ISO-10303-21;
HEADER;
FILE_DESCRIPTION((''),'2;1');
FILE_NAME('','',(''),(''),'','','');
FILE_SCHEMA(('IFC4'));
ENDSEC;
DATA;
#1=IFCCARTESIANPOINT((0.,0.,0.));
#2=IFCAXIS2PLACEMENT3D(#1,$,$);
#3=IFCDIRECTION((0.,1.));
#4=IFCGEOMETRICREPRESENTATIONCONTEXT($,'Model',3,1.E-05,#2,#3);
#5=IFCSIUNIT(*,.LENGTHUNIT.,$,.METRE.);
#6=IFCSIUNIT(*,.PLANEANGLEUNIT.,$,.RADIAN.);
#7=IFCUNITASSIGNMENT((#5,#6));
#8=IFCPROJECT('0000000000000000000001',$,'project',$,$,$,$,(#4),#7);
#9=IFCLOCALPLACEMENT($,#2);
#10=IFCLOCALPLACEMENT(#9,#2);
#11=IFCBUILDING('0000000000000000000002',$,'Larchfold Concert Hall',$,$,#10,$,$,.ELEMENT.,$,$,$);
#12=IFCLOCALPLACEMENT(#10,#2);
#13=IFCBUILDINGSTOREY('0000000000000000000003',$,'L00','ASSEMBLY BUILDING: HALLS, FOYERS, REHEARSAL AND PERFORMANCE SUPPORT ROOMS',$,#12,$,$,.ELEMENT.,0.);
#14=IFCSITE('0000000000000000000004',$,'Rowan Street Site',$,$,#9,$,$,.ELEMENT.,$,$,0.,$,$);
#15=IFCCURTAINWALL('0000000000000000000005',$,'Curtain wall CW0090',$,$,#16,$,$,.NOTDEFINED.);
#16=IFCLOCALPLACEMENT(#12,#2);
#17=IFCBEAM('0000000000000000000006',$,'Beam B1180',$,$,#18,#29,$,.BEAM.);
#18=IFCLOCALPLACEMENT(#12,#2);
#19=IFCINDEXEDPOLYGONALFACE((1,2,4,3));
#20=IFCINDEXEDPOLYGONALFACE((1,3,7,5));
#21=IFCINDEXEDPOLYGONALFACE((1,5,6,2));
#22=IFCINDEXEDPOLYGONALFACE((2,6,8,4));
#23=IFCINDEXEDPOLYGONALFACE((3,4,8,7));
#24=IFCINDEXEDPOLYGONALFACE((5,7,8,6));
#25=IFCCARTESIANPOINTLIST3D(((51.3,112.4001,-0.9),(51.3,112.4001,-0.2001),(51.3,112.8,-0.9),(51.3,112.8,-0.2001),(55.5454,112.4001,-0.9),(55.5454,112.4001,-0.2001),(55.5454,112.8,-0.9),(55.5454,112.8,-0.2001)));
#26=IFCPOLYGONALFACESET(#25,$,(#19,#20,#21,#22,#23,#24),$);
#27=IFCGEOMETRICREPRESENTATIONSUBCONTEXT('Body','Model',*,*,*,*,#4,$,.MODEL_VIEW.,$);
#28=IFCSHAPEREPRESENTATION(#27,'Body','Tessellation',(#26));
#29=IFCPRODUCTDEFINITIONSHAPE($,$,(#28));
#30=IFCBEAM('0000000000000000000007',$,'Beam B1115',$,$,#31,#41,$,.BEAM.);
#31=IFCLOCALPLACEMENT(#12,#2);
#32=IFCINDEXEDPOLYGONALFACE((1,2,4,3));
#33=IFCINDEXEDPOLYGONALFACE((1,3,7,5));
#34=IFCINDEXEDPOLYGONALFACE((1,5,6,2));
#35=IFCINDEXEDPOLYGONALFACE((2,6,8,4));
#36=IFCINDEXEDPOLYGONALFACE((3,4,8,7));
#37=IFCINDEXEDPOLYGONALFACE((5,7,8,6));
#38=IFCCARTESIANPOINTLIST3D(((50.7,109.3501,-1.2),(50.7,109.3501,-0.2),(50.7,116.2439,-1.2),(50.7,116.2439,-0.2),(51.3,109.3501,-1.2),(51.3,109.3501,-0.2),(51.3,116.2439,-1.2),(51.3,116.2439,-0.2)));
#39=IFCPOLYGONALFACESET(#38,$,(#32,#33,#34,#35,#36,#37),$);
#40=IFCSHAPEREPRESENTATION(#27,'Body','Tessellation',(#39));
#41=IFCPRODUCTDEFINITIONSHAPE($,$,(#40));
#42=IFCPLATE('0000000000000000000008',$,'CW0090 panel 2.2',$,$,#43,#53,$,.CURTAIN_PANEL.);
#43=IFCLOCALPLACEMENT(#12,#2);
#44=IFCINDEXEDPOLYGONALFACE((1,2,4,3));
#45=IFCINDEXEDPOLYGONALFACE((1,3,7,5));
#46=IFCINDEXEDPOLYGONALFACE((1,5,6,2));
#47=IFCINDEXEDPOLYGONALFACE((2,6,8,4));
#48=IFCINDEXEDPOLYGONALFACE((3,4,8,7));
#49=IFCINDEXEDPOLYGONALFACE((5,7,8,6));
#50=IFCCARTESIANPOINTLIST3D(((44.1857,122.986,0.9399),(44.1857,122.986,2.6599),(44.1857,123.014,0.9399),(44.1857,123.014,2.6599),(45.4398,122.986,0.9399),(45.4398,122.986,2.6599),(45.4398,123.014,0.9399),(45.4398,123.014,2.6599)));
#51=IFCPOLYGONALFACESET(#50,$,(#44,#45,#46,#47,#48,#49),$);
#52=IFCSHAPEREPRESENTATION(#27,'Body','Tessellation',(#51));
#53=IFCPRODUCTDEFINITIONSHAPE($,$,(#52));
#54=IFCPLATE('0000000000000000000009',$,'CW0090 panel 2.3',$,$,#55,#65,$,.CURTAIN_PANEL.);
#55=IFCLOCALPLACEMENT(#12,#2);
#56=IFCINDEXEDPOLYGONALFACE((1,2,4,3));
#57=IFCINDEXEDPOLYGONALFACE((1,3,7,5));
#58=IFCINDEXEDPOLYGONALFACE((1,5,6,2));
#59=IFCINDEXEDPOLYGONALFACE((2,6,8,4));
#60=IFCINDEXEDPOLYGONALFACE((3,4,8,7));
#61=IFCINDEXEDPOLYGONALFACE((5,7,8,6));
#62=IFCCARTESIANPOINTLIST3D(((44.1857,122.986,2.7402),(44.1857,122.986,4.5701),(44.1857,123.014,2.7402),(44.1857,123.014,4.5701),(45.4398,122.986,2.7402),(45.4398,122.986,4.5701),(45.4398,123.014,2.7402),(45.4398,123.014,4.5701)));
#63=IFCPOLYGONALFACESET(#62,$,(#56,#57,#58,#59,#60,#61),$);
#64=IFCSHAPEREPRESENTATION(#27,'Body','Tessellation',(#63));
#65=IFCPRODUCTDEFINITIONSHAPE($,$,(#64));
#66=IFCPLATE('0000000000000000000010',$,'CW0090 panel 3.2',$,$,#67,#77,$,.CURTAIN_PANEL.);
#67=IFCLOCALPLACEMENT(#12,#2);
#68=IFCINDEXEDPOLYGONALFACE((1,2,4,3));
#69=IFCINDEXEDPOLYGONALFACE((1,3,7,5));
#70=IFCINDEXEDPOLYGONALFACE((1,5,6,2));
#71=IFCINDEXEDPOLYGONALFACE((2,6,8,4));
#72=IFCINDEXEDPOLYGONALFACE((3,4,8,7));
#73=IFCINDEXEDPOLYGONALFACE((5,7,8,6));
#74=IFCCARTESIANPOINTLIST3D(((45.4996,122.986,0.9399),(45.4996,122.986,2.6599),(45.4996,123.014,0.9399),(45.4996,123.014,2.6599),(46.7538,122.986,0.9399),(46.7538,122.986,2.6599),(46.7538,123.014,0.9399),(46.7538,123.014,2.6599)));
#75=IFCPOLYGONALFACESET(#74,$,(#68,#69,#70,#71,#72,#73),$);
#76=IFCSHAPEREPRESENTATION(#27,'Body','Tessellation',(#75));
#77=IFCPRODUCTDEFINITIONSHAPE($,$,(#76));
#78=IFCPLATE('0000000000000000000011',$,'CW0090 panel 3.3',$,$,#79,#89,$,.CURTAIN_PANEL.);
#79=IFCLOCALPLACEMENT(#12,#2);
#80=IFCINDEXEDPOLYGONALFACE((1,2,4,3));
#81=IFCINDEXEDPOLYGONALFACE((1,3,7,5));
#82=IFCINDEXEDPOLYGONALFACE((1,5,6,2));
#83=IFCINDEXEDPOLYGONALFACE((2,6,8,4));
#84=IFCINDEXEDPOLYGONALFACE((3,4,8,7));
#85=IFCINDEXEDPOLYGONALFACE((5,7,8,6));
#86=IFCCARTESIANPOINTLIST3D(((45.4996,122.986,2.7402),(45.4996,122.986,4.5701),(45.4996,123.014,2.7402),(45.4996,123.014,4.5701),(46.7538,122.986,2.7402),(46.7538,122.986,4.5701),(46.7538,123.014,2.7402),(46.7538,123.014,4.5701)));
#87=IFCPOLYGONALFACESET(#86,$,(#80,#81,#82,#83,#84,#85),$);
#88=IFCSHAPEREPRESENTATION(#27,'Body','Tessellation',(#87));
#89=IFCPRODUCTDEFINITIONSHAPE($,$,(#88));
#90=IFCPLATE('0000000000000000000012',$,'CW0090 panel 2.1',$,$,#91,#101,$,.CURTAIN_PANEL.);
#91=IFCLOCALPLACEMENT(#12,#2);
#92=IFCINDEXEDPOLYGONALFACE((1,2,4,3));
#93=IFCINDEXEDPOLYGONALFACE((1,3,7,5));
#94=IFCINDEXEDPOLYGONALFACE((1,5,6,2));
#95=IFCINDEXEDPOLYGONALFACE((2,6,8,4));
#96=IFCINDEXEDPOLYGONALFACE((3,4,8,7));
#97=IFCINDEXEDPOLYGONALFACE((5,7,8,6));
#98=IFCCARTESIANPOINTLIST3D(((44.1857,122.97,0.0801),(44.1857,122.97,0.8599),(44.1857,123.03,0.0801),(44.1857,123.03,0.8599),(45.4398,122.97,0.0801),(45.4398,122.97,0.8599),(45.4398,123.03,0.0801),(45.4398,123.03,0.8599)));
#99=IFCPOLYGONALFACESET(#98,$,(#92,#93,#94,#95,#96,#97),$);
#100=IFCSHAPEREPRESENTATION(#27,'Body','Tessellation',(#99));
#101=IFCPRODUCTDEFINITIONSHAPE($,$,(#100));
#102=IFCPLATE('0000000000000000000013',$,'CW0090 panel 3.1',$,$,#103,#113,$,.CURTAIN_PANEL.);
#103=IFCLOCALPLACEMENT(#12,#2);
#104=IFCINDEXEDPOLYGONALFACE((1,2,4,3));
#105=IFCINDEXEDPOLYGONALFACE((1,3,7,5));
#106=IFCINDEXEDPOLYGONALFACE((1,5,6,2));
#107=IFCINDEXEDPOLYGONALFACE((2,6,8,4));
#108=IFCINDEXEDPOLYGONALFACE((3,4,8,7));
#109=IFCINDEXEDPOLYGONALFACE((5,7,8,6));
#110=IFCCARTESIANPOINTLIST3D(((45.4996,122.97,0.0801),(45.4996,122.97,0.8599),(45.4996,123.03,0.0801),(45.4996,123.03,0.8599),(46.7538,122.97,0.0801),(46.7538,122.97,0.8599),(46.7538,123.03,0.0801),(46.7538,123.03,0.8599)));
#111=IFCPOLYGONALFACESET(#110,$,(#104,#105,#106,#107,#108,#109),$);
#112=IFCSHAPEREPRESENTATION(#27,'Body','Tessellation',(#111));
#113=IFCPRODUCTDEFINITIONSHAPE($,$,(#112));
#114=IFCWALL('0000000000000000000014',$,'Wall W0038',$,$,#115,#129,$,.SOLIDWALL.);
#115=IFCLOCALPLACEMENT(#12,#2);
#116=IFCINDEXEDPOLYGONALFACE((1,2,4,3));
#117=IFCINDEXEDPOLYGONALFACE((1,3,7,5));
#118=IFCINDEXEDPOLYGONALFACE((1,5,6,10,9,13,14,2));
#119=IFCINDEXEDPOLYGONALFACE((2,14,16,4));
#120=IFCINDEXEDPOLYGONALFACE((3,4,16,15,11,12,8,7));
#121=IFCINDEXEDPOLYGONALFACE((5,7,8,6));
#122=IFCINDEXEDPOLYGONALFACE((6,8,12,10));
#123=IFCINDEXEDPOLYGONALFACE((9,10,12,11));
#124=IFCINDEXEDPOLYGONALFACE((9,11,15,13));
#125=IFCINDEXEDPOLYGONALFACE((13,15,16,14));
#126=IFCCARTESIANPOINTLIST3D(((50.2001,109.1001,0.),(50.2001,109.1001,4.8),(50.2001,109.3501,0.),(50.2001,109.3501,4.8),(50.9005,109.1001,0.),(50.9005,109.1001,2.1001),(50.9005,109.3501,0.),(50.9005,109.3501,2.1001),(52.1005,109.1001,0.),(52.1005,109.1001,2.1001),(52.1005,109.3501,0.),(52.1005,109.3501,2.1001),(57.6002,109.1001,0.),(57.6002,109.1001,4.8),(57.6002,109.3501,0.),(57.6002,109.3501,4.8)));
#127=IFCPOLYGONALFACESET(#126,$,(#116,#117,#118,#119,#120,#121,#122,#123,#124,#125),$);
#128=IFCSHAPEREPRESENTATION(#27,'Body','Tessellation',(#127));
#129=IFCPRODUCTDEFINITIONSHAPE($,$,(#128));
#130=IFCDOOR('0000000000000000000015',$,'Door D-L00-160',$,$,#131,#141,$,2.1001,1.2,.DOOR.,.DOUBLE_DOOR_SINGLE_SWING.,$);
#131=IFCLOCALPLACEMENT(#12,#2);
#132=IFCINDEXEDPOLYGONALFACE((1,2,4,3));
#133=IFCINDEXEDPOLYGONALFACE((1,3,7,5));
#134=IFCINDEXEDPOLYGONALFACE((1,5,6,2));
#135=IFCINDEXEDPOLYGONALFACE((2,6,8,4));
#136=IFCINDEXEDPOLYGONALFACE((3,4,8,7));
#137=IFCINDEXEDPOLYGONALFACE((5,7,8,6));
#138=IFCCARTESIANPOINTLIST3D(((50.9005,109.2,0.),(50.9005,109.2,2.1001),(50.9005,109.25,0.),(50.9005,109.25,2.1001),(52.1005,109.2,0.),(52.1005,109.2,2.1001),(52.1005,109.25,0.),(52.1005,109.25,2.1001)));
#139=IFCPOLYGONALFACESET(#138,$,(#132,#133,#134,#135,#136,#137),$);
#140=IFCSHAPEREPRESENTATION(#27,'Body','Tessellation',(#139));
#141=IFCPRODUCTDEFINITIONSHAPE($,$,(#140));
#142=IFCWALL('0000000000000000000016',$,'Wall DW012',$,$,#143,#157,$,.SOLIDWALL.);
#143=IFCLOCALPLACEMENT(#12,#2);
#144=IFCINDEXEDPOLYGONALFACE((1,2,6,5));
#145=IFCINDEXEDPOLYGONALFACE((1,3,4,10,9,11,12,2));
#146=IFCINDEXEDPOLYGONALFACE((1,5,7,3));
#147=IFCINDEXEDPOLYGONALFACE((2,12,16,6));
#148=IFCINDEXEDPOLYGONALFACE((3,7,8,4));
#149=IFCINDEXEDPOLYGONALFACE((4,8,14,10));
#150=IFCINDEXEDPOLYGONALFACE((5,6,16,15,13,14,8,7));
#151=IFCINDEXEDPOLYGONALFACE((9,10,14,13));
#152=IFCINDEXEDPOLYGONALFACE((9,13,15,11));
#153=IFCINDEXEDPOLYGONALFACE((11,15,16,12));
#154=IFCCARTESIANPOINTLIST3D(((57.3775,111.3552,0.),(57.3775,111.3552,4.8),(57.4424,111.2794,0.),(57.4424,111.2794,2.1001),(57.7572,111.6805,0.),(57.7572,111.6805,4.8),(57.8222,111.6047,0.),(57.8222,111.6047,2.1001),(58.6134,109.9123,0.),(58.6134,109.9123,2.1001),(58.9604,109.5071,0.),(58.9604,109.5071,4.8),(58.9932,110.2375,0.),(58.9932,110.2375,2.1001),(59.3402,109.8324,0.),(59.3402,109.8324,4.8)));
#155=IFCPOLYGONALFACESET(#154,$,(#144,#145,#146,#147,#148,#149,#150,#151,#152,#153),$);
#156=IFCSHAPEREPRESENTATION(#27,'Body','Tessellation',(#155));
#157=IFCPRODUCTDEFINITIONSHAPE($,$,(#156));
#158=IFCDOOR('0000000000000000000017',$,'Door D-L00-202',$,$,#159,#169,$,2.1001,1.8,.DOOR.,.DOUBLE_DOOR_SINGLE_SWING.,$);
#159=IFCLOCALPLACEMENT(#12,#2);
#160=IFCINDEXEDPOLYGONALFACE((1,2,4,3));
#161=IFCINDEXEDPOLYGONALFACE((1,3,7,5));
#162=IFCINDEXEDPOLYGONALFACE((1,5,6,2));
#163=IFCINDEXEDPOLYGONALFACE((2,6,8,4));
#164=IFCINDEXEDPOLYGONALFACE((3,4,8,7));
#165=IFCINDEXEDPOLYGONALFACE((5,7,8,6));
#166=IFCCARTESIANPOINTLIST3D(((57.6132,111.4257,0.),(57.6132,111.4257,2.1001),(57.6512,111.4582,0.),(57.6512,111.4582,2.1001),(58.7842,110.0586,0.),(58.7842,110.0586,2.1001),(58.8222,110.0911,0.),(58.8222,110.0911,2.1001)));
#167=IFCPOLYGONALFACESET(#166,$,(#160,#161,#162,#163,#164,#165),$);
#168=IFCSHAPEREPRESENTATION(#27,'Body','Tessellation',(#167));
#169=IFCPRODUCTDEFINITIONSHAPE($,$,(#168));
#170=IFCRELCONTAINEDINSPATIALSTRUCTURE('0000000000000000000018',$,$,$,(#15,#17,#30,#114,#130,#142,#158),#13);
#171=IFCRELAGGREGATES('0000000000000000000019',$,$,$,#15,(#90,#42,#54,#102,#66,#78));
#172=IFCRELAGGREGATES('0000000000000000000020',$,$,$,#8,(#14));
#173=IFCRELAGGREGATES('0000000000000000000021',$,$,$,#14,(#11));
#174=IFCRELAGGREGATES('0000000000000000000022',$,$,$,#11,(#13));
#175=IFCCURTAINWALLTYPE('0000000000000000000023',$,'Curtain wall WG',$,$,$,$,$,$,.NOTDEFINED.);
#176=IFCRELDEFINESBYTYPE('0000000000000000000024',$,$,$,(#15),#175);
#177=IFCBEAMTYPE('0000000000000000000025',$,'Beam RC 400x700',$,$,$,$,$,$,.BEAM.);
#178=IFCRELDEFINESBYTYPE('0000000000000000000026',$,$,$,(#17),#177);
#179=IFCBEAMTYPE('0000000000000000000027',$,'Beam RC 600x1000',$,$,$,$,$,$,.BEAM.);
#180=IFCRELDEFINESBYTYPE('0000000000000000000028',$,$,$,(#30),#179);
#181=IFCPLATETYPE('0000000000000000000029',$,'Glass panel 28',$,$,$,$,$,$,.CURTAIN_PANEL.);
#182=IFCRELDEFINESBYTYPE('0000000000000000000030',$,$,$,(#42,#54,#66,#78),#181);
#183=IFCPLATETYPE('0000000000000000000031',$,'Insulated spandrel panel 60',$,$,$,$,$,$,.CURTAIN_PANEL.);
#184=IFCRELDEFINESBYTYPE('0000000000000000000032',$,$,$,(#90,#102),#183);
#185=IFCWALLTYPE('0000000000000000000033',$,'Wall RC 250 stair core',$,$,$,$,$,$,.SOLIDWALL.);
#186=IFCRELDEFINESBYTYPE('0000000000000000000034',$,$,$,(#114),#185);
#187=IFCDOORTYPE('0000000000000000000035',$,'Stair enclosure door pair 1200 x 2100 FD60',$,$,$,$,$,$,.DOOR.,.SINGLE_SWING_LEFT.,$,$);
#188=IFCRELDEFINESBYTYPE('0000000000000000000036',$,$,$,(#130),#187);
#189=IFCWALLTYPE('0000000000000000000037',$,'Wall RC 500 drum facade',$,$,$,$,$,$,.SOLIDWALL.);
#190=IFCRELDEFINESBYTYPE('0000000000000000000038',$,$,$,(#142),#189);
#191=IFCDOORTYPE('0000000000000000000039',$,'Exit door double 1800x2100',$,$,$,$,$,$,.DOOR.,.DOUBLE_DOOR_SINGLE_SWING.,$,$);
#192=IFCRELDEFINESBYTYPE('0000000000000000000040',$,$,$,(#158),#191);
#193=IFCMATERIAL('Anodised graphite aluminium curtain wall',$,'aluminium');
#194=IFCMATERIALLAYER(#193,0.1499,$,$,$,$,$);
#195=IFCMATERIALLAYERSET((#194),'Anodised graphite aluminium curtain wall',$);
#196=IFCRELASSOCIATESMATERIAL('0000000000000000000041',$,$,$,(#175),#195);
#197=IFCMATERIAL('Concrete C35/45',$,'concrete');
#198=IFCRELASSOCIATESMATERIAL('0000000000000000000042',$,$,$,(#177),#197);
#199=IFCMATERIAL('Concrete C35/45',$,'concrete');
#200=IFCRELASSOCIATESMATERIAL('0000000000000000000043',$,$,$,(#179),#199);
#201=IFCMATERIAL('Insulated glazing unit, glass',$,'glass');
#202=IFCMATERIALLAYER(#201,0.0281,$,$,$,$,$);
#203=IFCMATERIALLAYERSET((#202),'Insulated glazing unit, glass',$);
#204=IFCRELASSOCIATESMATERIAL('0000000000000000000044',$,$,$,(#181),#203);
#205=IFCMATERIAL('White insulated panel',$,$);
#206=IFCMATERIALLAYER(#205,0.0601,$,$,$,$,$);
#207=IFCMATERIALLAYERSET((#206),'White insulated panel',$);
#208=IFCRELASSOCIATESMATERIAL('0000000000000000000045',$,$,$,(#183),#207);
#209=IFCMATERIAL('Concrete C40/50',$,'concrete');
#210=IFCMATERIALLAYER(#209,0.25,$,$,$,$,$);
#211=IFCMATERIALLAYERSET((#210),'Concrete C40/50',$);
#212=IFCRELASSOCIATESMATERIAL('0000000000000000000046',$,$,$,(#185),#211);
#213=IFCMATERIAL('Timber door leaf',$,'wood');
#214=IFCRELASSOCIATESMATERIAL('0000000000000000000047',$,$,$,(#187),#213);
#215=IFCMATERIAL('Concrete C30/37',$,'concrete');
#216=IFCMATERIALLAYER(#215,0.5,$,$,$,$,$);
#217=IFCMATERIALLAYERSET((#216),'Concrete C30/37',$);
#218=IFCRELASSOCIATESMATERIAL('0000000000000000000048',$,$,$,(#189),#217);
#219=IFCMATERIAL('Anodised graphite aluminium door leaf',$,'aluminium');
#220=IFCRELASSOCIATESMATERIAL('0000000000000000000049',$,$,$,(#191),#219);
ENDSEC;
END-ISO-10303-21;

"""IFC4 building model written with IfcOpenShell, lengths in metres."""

from ifc_helpers import new_model, si_unit, direction, frame, frame_2d, origin, origin_2d, place, context, subcontext, project, spatial, rectangle, extrude, material, layer, layer_set, material_profile, profile_set, type_object, element, fill, aggregate, save


model = new_model("IFC4")

# Units and contexts
model_context = context("Model", 3, precision=1e-05, world=origin(), true_north=direction((0.0, 1.0)))
body_context = subcontext(model_context, "Body", "Model", "MODEL_VIEW")
ifc_project = project(units=[si_unit("LENGTHUNIT", "METRE"), si_unit("PLANEANGLEUNIT", "RADIAN")], contexts=[model_context])

# Site, building, storey
site_placement = place(None, origin())
site = spatial("IfcSite", under=ifc_project, at=site_placement, Name="Rowan Street Site", CompositionType="ELEMENT", RefElevation=0.0)
building_placement = place(site_placement, origin())
building = spatial("IfcBuilding", under=site, at=building_placement, Name="Larchfold Concert Hall", CompositionType="ELEMENT")
storey_placement = place(building_placement, origin())
storey = spatial("IfcBuildingStorey", under=building, at=storey_placement, Name="L00", Description="ASSEMBLY BUILDING: HALLS, FOYERS, REHEARSAL AND PERFORMANCE SUPPORT ROOMS", CompositionType="ELEMENT", Elevation=0.0)

# Curtain wall
ifc_material_1 = material(Name="Anodised graphite aluminium curtain wall", Category="aluminium")
ifc_layer_1 = layer(ifc_material_1, 0.1499)
ifc_layer_set_1 = layer_set([ifc_layer_1], Name="Anodised graphite aluminium curtain wall")
curtain_wall_type = type_object("IfcCurtainWallType", Name="Curtain wall WG", PredefinedType="NOTDEFINED", material=ifc_layer_set_1)
curtain_wall_placement = place(storey_placement, origin())
curtain_wall = element("IfcCurtainWall", 1, at=curtain_wall_placement, inside=storey, type_object=curtain_wall_type, Name="Curtain wall CW0090", PredefinedType="NOTDEFINED")

# Beams
ifc_material_2 = material(Name="Concrete C35/45", Category="concrete")
ifc_material_profile_1 = material_profile(ifc_material_2, rectangle(XDim=0.3999, YDim=0.7, at=origin_2d()))
ifc_profile_set_1 = profile_set([ifc_material_profile_1], Name="Concrete C35/45")
beam_type_1 = type_object("IfcBeamType", Name="Beam RC 400x700", PredefinedType="BEAM", material=ifc_profile_set_1)
beam_1_placement = place(storey_placement, frame((51.3, 112.6001, -0.55), z_axis=(1.0, 0.0, 0.0), x_axis=(0.0, 1.0, 0.0)))
element("IfcBeam", 2, at=beam_1_placement, inside=storey, type_object=beam_type_1, Name="Beam B1180", PredefinedType="BEAM", context=body_context, shape_type="SweptSolid", body=[
    extrude(rectangle(XDim=0.3999, YDim=0.7, at=origin_2d()), origin(), (0.0, 0.0, 1.0), 4.2454),
])
ifc_material_3 = material(Name="Concrete C35/45", Category="concrete")
ifc_material_profile_2 = material_profile(ifc_material_3, rectangle(XDim=0.6001, YDim=1.0, at=origin_2d()))
ifc_profile_set_2 = profile_set([ifc_material_profile_2], Name="Concrete C35/45")
beam_type_2 = type_object("IfcBeamType", Name="Beam RC 600x1000", PredefinedType="BEAM", material=ifc_profile_set_2)
beam_2_placement = place(storey_placement, frame((51.0, 109.3501, -0.7), z_axis=(0.0, 1.0, 0.0), x_axis=(-1.0, 0.0, 0.0)))
element("IfcBeam", 3, at=beam_2_placement, inside=storey, type_object=beam_type_2, Name="Beam B1115", PredefinedType="BEAM", context=body_context, shape_type="SweptSolid", body=[
    extrude(rectangle(XDim=0.6001, YDim=1.0, at=origin_2d()), origin(), (0.0, 0.0, 1.0), 6.8938),
])

# Plates
ifc_material_4 = material(Name="Insulated glazing unit, glass", Category="glass")
ifc_layer_2 = layer(ifc_material_4, 0.0281)
ifc_layer_set_2 = layer_set([ifc_layer_2], Name="Insulated glazing unit, glass")
plate_type_1 = type_object("IfcPlateType", Name="Glass panel 28", PredefinedType="CURTAIN_PANEL", material=ifc_layer_set_2)
plate_1_placement = place(storey_placement, frame((44.8127, 123.0, 0.9399), z_axis=(0.0, 0.0, 1.0), x_axis=(1.0, 0.0, 0.0)))
plate_1 = element("IfcPlate", 4, at=plate_1_placement, type_object=plate_type_1, Name="CW0090 panel 2.2", PredefinedType="CURTAIN_PANEL", context=body_context, shape_type="SweptSolid", body=[
    extrude(rectangle(XDim=1.2542, YDim=0.0281, at=origin_2d()), origin(), (0.0, 0.0, 1.0), 1.72),
])
plate_2_placement = place(storey_placement, frame((44.8127, 123.0, 2.7402), z_axis=(0.0, 0.0, 1.0), x_axis=(1.0, 0.0, 0.0)))
plate_2 = element("IfcPlate", 5, at=plate_2_placement, type_object=plate_type_1, Name="CW0090 panel 2.3", PredefinedType="CURTAIN_PANEL", context=body_context, shape_type="SweptSolid", body=[
    extrude(rectangle(XDim=1.2542, YDim=0.0281, at=origin_2d()), origin(), (0.0, 0.0, 1.0), 1.8298),
])
plate_3_placement = place(storey_placement, frame((46.1267, 123.0, 0.9399), z_axis=(0.0, 0.0, 1.0), x_axis=(1.0, 0.0, 0.0)))
plate_3 = element("IfcPlate", 6, at=plate_3_placement, type_object=plate_type_1, Name="CW0090 panel 3.2", PredefinedType="CURTAIN_PANEL", context=body_context, shape_type="SweptSolid", body=[
    extrude(rectangle(XDim=1.2542, YDim=0.0281, at=origin_2d()), origin(), (0.0, 0.0, 1.0), 1.72),
])
plate_4_placement = place(storey_placement, frame((46.1267, 123.0, 2.7402), z_axis=(0.0, 0.0, 1.0), x_axis=(1.0, 0.0, 0.0)))
plate_4 = element("IfcPlate", 7, at=plate_4_placement, type_object=plate_type_1, Name="CW0090 panel 3.3", PredefinedType="CURTAIN_PANEL", context=body_context, shape_type="SweptSolid", body=[
    extrude(rectangle(XDim=1.2542, YDim=0.0281, at=origin_2d()), origin(), (0.0, 0.0, 1.0), 1.8298),
])
ifc_material_5 = material(Name="White insulated panel")
ifc_layer_3 = layer(ifc_material_5, 0.0601)
ifc_layer_set_3 = layer_set([ifc_layer_3], Name="White insulated panel")
plate_type_2 = type_object("IfcPlateType", Name="Insulated spandrel panel 60", PredefinedType="CURTAIN_PANEL", material=ifc_layer_set_3)
plate_5_placement = place(storey_placement, frame((44.8127, 123.0, 0.0801), z_axis=(0.0, 0.0, 1.0), x_axis=(1.0, 0.0, 0.0)))
plate_5 = element("IfcPlate", 8, at=plate_5_placement, type_object=plate_type_2, Name="CW0090 panel 2.1", PredefinedType="CURTAIN_PANEL", context=body_context, shape_type="SweptSolid", body=[
    extrude(rectangle(XDim=1.2542, YDim=0.0601, at=origin_2d()), origin(), (0.0, 0.0, 1.0), 0.7798),
])
plate_6_placement = place(storey_placement, frame((46.1267, 123.0, 0.0801), z_axis=(0.0, 0.0, 1.0), x_axis=(1.0, 0.0, 0.0)))
plate_6 = element("IfcPlate", 9, at=plate_6_placement, type_object=plate_type_2, Name="CW0090 panel 3.1", PredefinedType="CURTAIN_PANEL", context=body_context, shape_type="SweptSolid", body=[
    extrude(rectangle(XDim=1.2542, YDim=0.0601, at=origin_2d()), origin(), (0.0, 0.0, 1.0), 0.7798),
])
aggregate(curtain_wall, [plate_5, plate_1, plate_2, plate_6, plate_3, plate_4])

# Walls, openings, doors
ifc_material_6 = material(Name="Concrete C40/50", Category="concrete")
ifc_layer_4 = layer(ifc_material_6, 0.25)
ifc_layer_set_4 = layer_set([ifc_layer_4], Name="Concrete C40/50")
wall_type_1 = type_object("IfcWallType", Name="Wall RC 250 stair core", PredefinedType="SOLIDWALL", material=ifc_layer_set_4)
wall_1_placement = place(storey_placement, frame((50.2, 109.2251, 0.0), z_axis=(0.0, 0.0, 1.0), x_axis=(1.0, 0.0, 0.0)))
wall_1 = element("IfcWall", 10, at=wall_1_placement, inside=storey, type_object=wall_type_1, Name="Wall W0038", PredefinedType="SOLIDWALL", context=body_context, shape_type="SweptSolid", body=[
    extrude(rectangle(XDim=7.4001, YDim=0.25, at=frame_2d((3.7002, 0.0))), origin(), (0.0, 0.0, 1.0), 4.8),
])
opening_1_placement = place(wall_1_placement, frame((0.7004, 0.0, 0.0)))
opening_1 = element("IfcOpeningElement", 11, at=opening_1_placement, cuts=wall_1, PredefinedType="OPENING", context=body_context, shape_type="SweptSolid", body=[
    extrude(rectangle(XDim=1.2, YDim=2.1001, at=frame_2d((0.6001, 1.05))), frame((0.0, 0.135, 0.0), z_axis=(0.0, -1.0, 0.0), x_axis=(1.0, 0.0, 0.0)), (0.0, 0.0, 1.0), 0.27),
])
ifc_material_7 = material(Name="Timber door leaf", Category="wood")
door_type_1 = type_object("IfcDoorType", Name="Stair enclosure door pair 1200 x 2100 FD60", OperationType="SINGLE_SWING_LEFT", PredefinedType="DOOR", material=ifc_material_7)
door_1_placement = place(opening_1_placement, origin())
door_1 = element("IfcDoor", 12, at=door_1_placement, inside=storey, type_object=door_type_1, Name="Door D-L00-160", OperationType="DOUBLE_DOOR_SINGLE_SWING", OverallHeight=2.1001, OverallWidth=1.2, PredefinedType="DOOR", context=body_context, shape_type="SweptSolid", body=[
    extrude(rectangle(XDim=1.2, YDim=2.1001, at=frame_2d((0.6001, 1.05))), frame((0.0, 0.0249, 0.0), z_axis=(0.0, -1.0, 0.0), x_axis=(1.0, 0.0, 0.0)), (0.0, 0.0, 1.0), 0.05),
])
fill(opening_1, door_1)
ifc_material_8 = material(Name="Concrete C30/37", Category="concrete")
ifc_layer_5 = layer(ifc_material_8, 0.5)
ifc_layer_set_5 = layer_set([ifc_layer_5], Name="Concrete C30/37")
wall_type_2 = type_object("IfcWallType", Name="Wall RC 500 drum facade", PredefinedType="SOLIDWALL", material=ifc_layer_set_5)
wall_2_placement = place(storey_placement, frame((59.1504, 109.6697, 0.0), z_axis=(0.0, 0.0, 1.0), x_axis=(-0.650527, 0.759483, 0.0)))
wall_2 = element("IfcWall", 13, at=wall_2_placement, inside=storey, type_object=wall_type_2, Name="Wall DW012", PredefinedType="SOLIDWALL", context=body_context, shape_type="SweptSolid", body=[
    extrude(rectangle(XDim=2.4333, YDim=0.5, at=frame_2d((1.2168, 0.0))), origin(), (0.0, 0.0, 1.0), 4.8),
])
opening_2_placement = place(wall_2_placement, frame((2.3335, 0.0, 0.0), z_axis=(0.0, 0.0, 1.0), x_axis=(-1.0, 0.0, 0.0)))
opening_2 = element("IfcOpeningElement", 14, at=opening_2_placement, cuts=wall_2, PredefinedType="OPENING", context=body_context, shape_type="SweptSolid", body=[
    extrude(rectangle(XDim=1.8, YDim=2.1001, at=frame_2d((0.8999, 1.05))), frame((0.0, 0.26, 0.0), z_axis=(0.0, -1.0, 0.0), x_axis=(1.0, 0.0, 0.0)), (0.0, 0.0, 1.0), 0.52),
])
ifc_material_9 = material(Name="Anodised graphite aluminium door leaf", Category="aluminium")
door_type_2 = type_object("IfcDoorType", Name="Exit door double 1800x2100", OperationType="DOUBLE_DOOR_SINGLE_SWING", PredefinedType="DOOR", material=ifc_material_9)
door_2_placement = place(opening_2_placement, origin())
door_2 = element("IfcDoor", 15, at=door_2_placement, inside=storey, type_object=door_type_2, Name="Door D-L00-202", OperationType="DOUBLE_DOOR_SINGLE_SWING", OverallHeight=2.1001, OverallWidth=1.8, PredefinedType="DOOR", context=body_context, shape_type="SweptSolid", body=[
    extrude(rectangle(XDim=1.8, YDim=2.1001, at=frame_2d((0.8999, 1.05))), frame((0.0, 0.0249, 0.0), z_axis=(0.0, -1.0, 0.0), x_axis=(1.0, 0.0, 0.0)), (0.0, 0.0, 1.0), 0.05),
])
fill(opening_2, door_2)

save(model, "model.ifc")
